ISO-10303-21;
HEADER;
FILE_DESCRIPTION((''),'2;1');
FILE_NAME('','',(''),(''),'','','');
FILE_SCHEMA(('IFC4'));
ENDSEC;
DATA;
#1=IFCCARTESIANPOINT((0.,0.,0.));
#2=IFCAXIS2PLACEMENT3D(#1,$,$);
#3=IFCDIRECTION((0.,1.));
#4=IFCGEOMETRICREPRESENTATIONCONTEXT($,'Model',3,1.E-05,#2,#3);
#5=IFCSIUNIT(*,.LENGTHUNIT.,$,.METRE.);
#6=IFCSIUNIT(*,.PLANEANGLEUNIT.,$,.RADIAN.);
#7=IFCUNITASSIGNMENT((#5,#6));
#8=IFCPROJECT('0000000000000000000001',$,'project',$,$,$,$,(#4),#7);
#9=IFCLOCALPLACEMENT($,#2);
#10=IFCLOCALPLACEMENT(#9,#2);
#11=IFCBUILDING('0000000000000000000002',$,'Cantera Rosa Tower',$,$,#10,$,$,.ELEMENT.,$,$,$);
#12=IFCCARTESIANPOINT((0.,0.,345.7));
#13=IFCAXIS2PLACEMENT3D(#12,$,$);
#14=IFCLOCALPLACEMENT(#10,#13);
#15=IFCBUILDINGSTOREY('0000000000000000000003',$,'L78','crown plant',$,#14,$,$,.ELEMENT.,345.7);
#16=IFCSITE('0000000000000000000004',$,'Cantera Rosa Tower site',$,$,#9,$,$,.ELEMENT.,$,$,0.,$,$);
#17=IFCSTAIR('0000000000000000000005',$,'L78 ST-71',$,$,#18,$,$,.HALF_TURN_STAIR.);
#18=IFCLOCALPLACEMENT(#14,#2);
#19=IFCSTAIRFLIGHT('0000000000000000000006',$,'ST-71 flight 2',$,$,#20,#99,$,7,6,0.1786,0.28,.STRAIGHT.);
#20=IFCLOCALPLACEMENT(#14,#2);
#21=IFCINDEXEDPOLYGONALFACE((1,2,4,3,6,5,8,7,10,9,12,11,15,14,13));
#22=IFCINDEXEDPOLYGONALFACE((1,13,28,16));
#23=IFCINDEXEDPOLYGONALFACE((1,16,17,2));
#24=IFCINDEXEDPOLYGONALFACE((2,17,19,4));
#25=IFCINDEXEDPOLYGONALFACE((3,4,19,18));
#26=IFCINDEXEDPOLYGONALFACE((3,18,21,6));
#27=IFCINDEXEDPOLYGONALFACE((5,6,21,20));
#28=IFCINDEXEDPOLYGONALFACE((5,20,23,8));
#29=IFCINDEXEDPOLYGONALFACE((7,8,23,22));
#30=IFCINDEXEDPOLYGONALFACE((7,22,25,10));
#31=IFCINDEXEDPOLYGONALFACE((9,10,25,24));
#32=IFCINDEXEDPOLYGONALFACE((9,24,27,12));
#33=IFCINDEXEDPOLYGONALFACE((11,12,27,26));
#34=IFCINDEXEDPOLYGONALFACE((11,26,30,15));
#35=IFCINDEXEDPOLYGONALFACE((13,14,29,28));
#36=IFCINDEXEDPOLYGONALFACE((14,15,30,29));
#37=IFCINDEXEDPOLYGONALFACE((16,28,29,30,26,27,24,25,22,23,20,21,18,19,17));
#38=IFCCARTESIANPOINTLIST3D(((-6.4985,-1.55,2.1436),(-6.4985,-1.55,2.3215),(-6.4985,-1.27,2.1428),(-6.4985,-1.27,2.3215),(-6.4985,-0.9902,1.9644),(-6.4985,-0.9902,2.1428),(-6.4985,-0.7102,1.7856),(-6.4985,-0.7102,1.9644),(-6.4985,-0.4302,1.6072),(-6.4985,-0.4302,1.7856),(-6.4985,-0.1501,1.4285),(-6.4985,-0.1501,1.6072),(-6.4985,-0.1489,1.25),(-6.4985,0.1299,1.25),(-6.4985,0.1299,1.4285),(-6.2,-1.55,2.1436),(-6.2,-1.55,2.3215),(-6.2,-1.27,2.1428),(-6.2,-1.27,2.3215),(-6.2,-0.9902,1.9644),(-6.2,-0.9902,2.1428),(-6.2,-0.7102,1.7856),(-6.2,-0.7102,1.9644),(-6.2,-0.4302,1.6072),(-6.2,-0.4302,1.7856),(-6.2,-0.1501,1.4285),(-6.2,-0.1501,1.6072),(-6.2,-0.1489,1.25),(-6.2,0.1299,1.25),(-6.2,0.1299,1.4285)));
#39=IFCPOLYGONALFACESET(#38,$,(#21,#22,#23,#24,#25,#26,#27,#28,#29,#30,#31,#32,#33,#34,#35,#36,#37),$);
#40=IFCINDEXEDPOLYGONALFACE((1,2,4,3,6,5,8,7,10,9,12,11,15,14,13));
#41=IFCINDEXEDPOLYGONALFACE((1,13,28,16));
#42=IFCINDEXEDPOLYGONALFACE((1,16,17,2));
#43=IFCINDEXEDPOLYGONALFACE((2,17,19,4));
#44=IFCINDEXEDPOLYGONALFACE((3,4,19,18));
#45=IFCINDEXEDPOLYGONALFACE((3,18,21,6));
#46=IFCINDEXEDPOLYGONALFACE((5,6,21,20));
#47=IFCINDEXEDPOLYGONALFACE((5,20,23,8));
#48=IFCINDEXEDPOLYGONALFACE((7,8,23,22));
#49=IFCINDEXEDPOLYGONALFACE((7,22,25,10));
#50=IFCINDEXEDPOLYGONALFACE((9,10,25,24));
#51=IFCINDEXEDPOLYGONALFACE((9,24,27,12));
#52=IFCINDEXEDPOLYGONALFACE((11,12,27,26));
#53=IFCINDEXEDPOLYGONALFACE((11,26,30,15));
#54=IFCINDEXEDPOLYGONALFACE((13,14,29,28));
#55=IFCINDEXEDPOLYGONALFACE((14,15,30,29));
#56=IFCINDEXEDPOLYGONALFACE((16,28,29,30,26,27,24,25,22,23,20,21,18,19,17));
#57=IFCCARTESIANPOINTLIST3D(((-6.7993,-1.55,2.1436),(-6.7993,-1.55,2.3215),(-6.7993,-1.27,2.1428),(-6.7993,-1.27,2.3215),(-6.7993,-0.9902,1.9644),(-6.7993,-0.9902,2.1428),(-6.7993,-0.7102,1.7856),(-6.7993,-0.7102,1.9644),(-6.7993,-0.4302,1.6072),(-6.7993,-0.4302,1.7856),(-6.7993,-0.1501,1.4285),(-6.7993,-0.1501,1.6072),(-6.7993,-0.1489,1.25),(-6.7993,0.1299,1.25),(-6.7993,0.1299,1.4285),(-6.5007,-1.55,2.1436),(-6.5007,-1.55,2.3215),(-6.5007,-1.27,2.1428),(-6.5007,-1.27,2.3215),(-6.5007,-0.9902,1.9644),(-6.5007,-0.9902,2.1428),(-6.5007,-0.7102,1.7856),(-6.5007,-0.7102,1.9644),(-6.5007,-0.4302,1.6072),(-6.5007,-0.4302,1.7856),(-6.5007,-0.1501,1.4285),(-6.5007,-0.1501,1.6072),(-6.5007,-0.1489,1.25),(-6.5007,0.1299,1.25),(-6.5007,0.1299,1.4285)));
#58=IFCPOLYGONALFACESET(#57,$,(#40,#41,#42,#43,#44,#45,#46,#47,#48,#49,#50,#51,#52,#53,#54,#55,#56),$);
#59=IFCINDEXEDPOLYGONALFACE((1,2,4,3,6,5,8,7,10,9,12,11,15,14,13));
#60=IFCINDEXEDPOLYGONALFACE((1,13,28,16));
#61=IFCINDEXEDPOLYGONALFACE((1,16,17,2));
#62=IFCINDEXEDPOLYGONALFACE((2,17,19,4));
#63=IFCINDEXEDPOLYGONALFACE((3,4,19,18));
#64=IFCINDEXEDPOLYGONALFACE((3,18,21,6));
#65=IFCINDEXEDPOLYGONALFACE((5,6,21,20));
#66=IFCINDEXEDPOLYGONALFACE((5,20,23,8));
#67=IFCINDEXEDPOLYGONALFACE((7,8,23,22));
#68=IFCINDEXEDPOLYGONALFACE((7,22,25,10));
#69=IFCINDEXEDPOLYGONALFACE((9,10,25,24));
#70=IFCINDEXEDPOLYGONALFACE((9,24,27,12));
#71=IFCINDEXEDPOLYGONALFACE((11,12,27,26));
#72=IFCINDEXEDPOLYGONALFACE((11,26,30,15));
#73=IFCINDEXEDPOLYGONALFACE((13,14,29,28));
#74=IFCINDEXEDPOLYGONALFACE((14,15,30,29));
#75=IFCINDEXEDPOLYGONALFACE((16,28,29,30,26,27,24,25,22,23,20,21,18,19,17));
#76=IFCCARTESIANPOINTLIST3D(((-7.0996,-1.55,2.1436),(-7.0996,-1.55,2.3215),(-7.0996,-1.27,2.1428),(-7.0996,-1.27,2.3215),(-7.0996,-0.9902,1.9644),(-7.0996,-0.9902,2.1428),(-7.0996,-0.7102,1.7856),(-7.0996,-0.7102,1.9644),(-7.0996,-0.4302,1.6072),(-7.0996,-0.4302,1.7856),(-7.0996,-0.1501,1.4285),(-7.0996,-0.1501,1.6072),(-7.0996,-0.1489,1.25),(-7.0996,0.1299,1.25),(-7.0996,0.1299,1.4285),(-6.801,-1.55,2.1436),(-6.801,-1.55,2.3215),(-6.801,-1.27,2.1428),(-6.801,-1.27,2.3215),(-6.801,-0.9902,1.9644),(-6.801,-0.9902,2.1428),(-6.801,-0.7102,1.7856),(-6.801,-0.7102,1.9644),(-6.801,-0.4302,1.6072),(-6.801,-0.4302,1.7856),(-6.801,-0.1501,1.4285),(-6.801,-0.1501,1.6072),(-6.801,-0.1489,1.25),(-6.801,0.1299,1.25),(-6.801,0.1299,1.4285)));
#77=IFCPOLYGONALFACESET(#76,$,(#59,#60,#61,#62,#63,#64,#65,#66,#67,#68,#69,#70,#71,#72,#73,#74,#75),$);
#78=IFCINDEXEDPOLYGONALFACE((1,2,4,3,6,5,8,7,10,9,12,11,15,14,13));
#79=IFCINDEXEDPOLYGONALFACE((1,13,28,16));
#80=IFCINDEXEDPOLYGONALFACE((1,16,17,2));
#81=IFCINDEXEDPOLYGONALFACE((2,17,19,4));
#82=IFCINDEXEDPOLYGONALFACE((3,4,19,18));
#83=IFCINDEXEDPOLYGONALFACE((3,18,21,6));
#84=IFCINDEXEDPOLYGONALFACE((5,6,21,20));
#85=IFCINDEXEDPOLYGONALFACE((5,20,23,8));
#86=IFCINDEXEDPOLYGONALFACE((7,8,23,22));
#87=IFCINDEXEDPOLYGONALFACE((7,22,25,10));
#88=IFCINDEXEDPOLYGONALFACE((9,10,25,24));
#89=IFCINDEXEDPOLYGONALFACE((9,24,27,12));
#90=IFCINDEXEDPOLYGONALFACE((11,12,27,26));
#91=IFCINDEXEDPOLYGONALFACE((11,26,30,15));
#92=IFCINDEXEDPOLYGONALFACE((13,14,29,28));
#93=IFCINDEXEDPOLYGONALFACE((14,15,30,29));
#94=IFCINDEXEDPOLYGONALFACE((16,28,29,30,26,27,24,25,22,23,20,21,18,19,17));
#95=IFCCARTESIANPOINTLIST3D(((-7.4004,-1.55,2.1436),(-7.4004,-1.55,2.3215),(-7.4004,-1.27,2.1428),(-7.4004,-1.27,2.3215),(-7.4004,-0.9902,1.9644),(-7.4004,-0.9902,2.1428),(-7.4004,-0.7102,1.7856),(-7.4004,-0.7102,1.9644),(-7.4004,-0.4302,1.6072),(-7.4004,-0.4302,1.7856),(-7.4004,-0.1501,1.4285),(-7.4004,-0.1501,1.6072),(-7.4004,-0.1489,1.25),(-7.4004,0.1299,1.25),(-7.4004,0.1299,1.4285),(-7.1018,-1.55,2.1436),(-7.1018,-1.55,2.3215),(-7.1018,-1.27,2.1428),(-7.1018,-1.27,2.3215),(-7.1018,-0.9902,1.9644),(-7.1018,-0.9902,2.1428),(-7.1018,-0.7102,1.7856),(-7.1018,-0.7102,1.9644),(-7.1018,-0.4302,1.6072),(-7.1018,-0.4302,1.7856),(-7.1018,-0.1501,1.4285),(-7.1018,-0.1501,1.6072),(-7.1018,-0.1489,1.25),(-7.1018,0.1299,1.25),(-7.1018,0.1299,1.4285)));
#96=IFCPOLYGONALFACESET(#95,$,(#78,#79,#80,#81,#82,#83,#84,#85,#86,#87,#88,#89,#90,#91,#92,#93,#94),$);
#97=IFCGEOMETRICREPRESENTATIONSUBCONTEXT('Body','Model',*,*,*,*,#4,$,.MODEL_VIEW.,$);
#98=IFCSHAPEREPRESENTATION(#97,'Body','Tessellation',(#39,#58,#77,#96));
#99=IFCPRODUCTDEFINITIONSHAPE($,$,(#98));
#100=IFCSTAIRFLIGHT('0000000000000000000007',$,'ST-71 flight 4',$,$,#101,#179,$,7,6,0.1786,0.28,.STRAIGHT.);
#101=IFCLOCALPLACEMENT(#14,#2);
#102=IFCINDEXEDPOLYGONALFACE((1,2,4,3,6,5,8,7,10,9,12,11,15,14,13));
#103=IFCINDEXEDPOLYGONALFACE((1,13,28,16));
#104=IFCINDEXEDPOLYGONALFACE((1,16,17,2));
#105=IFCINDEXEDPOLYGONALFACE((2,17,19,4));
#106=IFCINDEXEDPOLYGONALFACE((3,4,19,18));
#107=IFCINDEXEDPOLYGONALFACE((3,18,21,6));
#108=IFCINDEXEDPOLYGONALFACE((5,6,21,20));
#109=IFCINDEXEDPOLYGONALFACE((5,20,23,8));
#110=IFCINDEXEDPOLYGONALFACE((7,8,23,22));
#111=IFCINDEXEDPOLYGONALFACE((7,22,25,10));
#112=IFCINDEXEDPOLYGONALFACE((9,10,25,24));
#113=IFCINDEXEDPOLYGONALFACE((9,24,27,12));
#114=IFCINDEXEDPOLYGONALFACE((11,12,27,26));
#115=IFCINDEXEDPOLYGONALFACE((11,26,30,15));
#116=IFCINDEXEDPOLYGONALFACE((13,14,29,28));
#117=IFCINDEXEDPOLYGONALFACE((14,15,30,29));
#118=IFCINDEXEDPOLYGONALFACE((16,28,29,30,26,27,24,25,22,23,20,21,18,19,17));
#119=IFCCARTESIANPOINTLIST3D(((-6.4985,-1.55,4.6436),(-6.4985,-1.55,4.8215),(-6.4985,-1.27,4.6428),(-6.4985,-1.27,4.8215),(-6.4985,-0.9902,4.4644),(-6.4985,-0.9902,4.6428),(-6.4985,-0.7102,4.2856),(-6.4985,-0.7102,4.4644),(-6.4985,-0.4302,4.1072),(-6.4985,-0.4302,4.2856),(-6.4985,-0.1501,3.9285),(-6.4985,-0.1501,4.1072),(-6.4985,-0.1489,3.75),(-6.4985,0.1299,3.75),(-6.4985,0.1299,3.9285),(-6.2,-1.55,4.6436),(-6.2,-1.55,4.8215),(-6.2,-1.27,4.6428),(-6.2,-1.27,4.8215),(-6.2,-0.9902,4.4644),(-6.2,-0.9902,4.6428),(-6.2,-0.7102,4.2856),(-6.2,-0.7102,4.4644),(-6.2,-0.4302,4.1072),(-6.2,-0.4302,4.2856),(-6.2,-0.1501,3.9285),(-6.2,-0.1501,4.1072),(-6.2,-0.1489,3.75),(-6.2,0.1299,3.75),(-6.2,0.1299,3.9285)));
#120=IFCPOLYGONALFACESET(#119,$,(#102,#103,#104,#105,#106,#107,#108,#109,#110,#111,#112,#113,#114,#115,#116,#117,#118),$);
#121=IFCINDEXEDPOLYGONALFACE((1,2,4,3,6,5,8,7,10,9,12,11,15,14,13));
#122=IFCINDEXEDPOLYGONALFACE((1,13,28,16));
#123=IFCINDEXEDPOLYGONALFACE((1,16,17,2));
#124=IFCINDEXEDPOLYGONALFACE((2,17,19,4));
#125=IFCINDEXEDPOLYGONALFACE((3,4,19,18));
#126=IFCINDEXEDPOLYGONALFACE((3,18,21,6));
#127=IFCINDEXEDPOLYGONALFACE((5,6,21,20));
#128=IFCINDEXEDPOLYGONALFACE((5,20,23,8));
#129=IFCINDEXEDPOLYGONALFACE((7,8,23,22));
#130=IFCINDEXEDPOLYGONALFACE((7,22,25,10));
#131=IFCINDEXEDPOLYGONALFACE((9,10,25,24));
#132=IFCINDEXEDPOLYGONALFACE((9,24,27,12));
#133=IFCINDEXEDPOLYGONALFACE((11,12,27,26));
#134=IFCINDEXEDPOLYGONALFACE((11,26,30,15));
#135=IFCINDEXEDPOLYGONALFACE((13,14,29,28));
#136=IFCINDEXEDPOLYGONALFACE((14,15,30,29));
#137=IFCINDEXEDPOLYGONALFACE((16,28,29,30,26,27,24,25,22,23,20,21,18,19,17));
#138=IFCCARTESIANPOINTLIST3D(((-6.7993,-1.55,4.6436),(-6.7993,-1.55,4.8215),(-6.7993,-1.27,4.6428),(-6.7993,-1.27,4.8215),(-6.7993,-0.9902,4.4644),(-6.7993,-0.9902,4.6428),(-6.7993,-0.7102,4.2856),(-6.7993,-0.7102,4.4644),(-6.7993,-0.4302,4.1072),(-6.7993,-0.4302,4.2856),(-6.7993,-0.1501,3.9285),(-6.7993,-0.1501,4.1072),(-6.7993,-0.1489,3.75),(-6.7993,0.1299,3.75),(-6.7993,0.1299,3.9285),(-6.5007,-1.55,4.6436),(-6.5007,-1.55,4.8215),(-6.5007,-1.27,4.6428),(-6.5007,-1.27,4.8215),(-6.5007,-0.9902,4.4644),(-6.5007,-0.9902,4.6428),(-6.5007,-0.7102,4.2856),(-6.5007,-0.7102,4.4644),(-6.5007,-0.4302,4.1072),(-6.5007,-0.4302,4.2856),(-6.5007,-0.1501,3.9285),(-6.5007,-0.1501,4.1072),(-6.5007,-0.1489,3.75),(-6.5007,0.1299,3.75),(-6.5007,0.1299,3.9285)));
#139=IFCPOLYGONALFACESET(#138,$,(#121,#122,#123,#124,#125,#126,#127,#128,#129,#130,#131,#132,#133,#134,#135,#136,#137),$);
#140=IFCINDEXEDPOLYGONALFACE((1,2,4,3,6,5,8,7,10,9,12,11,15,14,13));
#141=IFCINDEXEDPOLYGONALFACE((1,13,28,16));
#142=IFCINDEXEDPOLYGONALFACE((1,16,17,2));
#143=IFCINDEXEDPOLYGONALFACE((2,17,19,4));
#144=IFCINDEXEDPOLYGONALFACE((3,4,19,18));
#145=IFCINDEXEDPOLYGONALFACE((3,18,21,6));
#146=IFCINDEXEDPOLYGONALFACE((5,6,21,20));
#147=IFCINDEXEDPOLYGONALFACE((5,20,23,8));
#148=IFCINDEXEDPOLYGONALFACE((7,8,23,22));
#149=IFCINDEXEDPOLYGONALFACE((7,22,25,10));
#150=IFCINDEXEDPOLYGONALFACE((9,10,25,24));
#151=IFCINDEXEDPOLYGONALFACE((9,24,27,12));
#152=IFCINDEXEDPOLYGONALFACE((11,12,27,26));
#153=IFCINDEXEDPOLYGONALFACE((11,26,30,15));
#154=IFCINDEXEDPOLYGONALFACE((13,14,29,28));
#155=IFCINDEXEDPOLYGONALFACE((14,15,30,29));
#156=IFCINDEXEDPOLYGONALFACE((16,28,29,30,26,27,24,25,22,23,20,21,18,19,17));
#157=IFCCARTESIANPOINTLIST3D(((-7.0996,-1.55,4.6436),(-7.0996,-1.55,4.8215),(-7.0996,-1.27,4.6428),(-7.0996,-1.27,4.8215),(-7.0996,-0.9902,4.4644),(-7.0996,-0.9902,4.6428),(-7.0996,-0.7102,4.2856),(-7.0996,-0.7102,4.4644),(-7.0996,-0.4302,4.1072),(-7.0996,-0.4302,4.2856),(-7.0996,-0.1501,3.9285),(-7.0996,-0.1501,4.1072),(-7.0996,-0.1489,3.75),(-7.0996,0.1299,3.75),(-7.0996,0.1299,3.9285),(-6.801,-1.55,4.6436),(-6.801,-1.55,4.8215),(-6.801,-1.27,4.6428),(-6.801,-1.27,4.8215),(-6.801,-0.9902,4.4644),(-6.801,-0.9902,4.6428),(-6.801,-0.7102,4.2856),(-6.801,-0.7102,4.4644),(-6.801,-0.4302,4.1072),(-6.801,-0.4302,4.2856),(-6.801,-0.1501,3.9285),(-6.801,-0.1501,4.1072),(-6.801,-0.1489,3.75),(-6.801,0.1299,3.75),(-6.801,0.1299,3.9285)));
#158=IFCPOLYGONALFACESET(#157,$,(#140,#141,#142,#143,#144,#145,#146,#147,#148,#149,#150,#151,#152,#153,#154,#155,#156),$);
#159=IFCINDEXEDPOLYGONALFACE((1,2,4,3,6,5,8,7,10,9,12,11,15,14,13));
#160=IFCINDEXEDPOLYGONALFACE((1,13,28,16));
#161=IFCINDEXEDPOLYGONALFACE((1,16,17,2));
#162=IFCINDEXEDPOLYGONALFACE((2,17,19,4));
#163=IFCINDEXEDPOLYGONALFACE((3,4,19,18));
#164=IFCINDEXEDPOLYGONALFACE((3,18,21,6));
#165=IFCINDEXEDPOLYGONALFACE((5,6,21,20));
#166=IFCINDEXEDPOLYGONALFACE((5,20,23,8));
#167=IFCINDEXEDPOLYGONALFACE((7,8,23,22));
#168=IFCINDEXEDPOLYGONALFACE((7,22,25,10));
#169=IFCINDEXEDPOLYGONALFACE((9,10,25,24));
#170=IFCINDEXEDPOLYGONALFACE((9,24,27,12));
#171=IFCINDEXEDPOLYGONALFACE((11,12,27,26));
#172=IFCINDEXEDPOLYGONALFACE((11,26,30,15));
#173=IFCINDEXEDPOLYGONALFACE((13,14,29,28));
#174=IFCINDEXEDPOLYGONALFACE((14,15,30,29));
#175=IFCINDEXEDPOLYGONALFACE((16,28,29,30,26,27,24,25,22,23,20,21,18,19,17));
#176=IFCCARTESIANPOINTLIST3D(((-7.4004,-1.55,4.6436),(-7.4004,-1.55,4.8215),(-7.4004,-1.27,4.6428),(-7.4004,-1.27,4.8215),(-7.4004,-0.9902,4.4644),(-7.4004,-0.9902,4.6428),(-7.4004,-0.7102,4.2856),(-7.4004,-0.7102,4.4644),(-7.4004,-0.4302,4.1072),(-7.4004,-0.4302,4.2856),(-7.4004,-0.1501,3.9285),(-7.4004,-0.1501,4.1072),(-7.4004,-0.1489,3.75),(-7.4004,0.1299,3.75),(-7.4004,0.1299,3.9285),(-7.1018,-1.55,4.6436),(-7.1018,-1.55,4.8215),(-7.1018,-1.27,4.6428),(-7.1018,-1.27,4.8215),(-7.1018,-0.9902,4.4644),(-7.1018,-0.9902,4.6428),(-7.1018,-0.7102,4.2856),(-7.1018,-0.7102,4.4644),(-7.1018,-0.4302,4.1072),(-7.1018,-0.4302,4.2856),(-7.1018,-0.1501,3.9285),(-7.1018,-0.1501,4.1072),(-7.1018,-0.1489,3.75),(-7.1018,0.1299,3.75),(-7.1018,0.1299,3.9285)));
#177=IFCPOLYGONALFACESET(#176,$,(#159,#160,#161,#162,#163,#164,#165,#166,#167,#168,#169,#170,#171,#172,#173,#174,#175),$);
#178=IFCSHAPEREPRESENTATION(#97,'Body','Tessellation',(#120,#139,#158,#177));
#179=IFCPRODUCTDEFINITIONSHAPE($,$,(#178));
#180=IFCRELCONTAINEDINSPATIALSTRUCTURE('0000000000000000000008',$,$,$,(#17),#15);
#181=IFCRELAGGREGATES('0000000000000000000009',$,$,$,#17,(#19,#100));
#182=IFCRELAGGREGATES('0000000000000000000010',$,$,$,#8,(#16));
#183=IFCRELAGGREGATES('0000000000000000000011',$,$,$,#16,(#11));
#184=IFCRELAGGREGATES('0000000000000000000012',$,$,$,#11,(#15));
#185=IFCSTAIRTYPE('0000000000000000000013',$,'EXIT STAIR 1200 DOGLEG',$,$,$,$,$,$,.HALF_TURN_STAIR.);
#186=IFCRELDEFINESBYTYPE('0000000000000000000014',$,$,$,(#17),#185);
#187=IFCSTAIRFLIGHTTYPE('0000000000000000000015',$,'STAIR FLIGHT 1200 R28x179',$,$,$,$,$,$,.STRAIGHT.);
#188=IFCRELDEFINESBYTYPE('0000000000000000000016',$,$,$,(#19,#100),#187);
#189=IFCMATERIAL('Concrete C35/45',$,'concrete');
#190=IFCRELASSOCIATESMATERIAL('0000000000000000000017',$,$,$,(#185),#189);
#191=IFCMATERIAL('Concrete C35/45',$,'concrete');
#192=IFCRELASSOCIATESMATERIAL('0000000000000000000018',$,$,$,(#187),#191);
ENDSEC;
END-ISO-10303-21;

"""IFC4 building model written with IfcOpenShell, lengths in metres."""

from ifc_helpers import new_model, si_unit, direction, frame, origin, place, context, subcontext, project, spatial, polyline, outline, extrude, material, type_object, element, aggregate, save


model = new_model("IFC4")

# Units and contexts
model_context = context("Model", 3, precision=1e-05, world=origin(), true_north=direction((0.0, 1.0)))
body_context = subcontext(model_context, "Body", "Model", "MODEL_VIEW")
ifc_project = project(units=[si_unit("LENGTHUNIT", "METRE"), si_unit("PLANEANGLEUNIT", "RADIAN")], contexts=[model_context])

# Site, building, storey
site_placement = place(None, origin())
site = spatial("IfcSite", under=ifc_project, at=site_placement, Name="Cantera Rosa Tower site", CompositionType="ELEMENT", RefElevation=0.0)
building_placement = place(site_placement, origin())
building = spatial("IfcBuilding", under=site, at=building_placement, Name="Cantera Rosa Tower", CompositionType="ELEMENT")
storey_placement = place(building_placement, frame((0.0, 0.0, 345.7)))
storey = spatial("IfcBuildingStorey", under=building, at=storey_placement, Name="L78", Description="crown plant", CompositionType="ELEMENT", Elevation=345.7)

# Stair, stair flights
ifc_material_1 = material(Name="Concrete C35/45", Category="concrete")
stair_type = type_object("IfcStairType", Name="EXIT STAIR 1200 DOGLEG", PredefinedType="HALF_TURN_STAIR", material=ifc_material_1)
stair_placement = place(storey_placement, origin())
stair = element("IfcStair", 1, at=stair_placement, inside=storey, type_object=stair_type, Name="L78 ST-71", PredefinedType="HALF_TURN_STAIR")
ifc_material_2 = material(Name="Concrete C35/45", Category="concrete")
stair_flight_type = type_object("IfcStairFlightType", Name="STAIR FLIGHT 1200 R28x179", PredefinedType="STRAIGHT", material=ifc_material_2)
stair_flight_1_placement = place(storey_placement, frame((-6.8, 0.1299, 1.25), z_axis=(0.0, 0.0, 1.0), x_axis=(0.0, -1.0, 0.0)))
stair_flight_1 = element("IfcStairFlight", 2, at=stair_flight_1_placement, type_object=stair_flight_type, Name="ST-71 flight 2", NumberOfRisers=7, NumberOfTreads=6, PredefinedType="STRAIGHT", RiserHeight=0.1786, TreadLength=0.28, context=body_context, shape_type="SweptSolid", body=[
    extrude(outline(polyline([(0.0, 0.0), (0.0, 0.1785), (0.28, 0.1785), (0.28, 0.3572), (0.5601, 0.3572), (0.5601, 0.5356), (0.8401, 0.5356), (0.8401, 0.7144), (1.1201, 0.7144), (1.1201, 0.8928), (1.3999, 0.8928), (1.3999, 1.0715), (1.6799, 1.0715), (1.6799, 1.25), (1.6799, 0.8936), (0.2788, 0.0), (0.0, 0.0)])), frame((0.0, 0.6001, 0.0), z_axis=(0.0, -1.0, 0.0), x_axis=(1.0, 0.0, 0.0)), (0.0, 0.0, 1.0), 0.2986),
    extrude(outline(polyline([(0.0, 0.0), (0.0, 0.1785), (0.28, 0.1785), (0.28, 0.3572), (0.5601, 0.3572), (0.5601, 0.5356), (0.8401, 0.5356), (0.8401, 0.7144), (1.1201, 0.7144), (1.1201, 0.8928), (1.3999, 0.8928), (1.3999, 1.0715), (1.6799, 1.0715), (1.6799, 1.25), (1.6799, 0.8936), (0.2788, 0.0), (0.0, 0.0)])), frame((0.0, 0.2993, 0.0), z_axis=(0.0, -1.0, 0.0), x_axis=(1.0, 0.0, 0.0)), (0.0, 0.0, 1.0), 0.2986),
    extrude(outline(polyline([(0.0, 0.0), (0.0, 0.1785), (0.28, 0.1785), (0.28, 0.3572), (0.5601, 0.3572), (0.5601, 0.5356), (0.8401, 0.5356), (0.8401, 0.7144), (1.1201, 0.7144), (1.1201, 0.8928), (1.3999, 0.8928), (1.3999, 1.0715), (1.6799, 1.0715), (1.6799, 1.25), (1.6799, 0.8936), (0.2788, 0.0), (0.0, 0.0)])), frame((0.0, -0.001, 0.0), z_axis=(0.0, -1.0, 0.0), x_axis=(1.0, 0.0, 0.0)), (0.0, 0.0, 1.0), 0.2986),
    extrude(outline(polyline([(0.0, 0.0), (0.0, 0.1785), (0.28, 0.1785), (0.28, 0.3572), (0.5601, 0.3572), (0.5601, 0.5356), (0.8401, 0.5356), (0.8401, 0.7144), (1.1201, 0.7144), (1.1201, 0.8928), (1.3999, 0.8928), (1.3999, 1.0715), (1.6799, 1.0715), (1.6799, 1.25), (1.6799, 0.8936), (0.2788, 0.0), (0.0, 0.0)])), frame((0.0, -0.3018, 0.0), z_axis=(0.0, -1.0, 0.0), x_axis=(1.0, 0.0, 0.0)), (0.0, 0.0, 1.0), 0.2986),
])
stair_flight_2_placement = place(storey_placement, frame((-6.8, 0.1299, 3.75), z_axis=(0.0, 0.0, 1.0), x_axis=(0.0, -1.0, 0.0)))
stair_flight_2 = element("IfcStairFlight", 3, at=stair_flight_2_placement, type_object=stair_flight_type, Name="ST-71 flight 4", NumberOfRisers=7, NumberOfTreads=6, PredefinedType="STRAIGHT", RiserHeight=0.1786, TreadLength=0.28, context=body_context, shape_type="SweptSolid", body=[
    extrude(outline(polyline([(0.0, 0.0), (0.0, 0.1785), (0.28, 0.1785), (0.28, 0.3572), (0.5601, 0.3572), (0.5601, 0.5356), (0.8401, 0.5356), (0.8401, 0.7144), (1.1201, 0.7144), (1.1201, 0.8928), (1.3999, 0.8928), (1.3999, 1.0715), (1.6799, 1.0715), (1.6799, 1.25), (1.6799, 0.8936), (0.2788, 0.0), (0.0, 0.0)])), frame((0.0, 0.6001, 0.0), z_axis=(0.0, -1.0, 0.0), x_axis=(1.0, 0.0, 0.0)), (0.0, 0.0, 1.0), 0.2986),
    extrude(outline(polyline([(0.0, 0.0), (0.0, 0.1785), (0.28, 0.1785), (0.28, 0.3572), (0.5601, 0.3572), (0.5601, 0.5356), (0.8401, 0.5356), (0.8401, 0.7144), (1.1201, 0.7144), (1.1201, 0.8928), (1.3999, 0.8928), (1.3999, 1.0715), (1.6799, 1.0715), (1.6799, 1.25), (1.6799, 0.8936), (0.2788, 0.0), (0.0, 0.0)])), frame((0.0, 0.2993, 0.0), z_axis=(0.0, -1.0, 0.0), x_axis=(1.0, 0.0, 0.0)), (0.0, 0.0, 1.0), 0.2986),
    extrude(outline(polyline([(0.0, 0.0), (0.0, 0.1785), (0.28, 0.1785), (0.28, 0.3572), (0.5601, 0.3572), (0.5601, 0.5356), (0.8401, 0.5356), (0.8401, 0.7144), (1.1201, 0.7144), (1.1201, 0.8928), (1.3999, 0.8928), (1.3999, 1.0715), (1.6799, 1.0715), (1.6799, 1.25), (1.6799, 0.8936), (0.2788, 0.0), (0.0, 0.0)])), frame((0.0, -0.001, 0.0), z_axis=(0.0, -1.0, 0.0), x_axis=(1.0, 0.0, 0.0)), (0.0, 0.0, 1.0), 0.2986),
    extrude(outline(polyline([(0.0, 0.0), (0.0, 0.1785), (0.28, 0.1785), (0.28, 0.3572), (0.5601, 0.3572), (0.5601, 0.5356), (0.8401, 0.5356), (0.8401, 0.7144), (1.1201, 0.7144), (1.1201, 0.8928), (1.3999, 0.8928), (1.3999, 1.0715), (1.6799, 1.0715), (1.6799, 1.25), (1.6799, 0.8936), (0.2788, 0.0), (0.0, 0.0)])), frame((0.0, -0.3018, 0.0), z_axis=(0.0, -1.0, 0.0), x_axis=(1.0, 0.0, 0.0)), (0.0, 0.0, 1.0), 0.2986),
])
aggregate(stair, [stair_flight_1, stair_flight_2])

save(model, "model.ifc")
